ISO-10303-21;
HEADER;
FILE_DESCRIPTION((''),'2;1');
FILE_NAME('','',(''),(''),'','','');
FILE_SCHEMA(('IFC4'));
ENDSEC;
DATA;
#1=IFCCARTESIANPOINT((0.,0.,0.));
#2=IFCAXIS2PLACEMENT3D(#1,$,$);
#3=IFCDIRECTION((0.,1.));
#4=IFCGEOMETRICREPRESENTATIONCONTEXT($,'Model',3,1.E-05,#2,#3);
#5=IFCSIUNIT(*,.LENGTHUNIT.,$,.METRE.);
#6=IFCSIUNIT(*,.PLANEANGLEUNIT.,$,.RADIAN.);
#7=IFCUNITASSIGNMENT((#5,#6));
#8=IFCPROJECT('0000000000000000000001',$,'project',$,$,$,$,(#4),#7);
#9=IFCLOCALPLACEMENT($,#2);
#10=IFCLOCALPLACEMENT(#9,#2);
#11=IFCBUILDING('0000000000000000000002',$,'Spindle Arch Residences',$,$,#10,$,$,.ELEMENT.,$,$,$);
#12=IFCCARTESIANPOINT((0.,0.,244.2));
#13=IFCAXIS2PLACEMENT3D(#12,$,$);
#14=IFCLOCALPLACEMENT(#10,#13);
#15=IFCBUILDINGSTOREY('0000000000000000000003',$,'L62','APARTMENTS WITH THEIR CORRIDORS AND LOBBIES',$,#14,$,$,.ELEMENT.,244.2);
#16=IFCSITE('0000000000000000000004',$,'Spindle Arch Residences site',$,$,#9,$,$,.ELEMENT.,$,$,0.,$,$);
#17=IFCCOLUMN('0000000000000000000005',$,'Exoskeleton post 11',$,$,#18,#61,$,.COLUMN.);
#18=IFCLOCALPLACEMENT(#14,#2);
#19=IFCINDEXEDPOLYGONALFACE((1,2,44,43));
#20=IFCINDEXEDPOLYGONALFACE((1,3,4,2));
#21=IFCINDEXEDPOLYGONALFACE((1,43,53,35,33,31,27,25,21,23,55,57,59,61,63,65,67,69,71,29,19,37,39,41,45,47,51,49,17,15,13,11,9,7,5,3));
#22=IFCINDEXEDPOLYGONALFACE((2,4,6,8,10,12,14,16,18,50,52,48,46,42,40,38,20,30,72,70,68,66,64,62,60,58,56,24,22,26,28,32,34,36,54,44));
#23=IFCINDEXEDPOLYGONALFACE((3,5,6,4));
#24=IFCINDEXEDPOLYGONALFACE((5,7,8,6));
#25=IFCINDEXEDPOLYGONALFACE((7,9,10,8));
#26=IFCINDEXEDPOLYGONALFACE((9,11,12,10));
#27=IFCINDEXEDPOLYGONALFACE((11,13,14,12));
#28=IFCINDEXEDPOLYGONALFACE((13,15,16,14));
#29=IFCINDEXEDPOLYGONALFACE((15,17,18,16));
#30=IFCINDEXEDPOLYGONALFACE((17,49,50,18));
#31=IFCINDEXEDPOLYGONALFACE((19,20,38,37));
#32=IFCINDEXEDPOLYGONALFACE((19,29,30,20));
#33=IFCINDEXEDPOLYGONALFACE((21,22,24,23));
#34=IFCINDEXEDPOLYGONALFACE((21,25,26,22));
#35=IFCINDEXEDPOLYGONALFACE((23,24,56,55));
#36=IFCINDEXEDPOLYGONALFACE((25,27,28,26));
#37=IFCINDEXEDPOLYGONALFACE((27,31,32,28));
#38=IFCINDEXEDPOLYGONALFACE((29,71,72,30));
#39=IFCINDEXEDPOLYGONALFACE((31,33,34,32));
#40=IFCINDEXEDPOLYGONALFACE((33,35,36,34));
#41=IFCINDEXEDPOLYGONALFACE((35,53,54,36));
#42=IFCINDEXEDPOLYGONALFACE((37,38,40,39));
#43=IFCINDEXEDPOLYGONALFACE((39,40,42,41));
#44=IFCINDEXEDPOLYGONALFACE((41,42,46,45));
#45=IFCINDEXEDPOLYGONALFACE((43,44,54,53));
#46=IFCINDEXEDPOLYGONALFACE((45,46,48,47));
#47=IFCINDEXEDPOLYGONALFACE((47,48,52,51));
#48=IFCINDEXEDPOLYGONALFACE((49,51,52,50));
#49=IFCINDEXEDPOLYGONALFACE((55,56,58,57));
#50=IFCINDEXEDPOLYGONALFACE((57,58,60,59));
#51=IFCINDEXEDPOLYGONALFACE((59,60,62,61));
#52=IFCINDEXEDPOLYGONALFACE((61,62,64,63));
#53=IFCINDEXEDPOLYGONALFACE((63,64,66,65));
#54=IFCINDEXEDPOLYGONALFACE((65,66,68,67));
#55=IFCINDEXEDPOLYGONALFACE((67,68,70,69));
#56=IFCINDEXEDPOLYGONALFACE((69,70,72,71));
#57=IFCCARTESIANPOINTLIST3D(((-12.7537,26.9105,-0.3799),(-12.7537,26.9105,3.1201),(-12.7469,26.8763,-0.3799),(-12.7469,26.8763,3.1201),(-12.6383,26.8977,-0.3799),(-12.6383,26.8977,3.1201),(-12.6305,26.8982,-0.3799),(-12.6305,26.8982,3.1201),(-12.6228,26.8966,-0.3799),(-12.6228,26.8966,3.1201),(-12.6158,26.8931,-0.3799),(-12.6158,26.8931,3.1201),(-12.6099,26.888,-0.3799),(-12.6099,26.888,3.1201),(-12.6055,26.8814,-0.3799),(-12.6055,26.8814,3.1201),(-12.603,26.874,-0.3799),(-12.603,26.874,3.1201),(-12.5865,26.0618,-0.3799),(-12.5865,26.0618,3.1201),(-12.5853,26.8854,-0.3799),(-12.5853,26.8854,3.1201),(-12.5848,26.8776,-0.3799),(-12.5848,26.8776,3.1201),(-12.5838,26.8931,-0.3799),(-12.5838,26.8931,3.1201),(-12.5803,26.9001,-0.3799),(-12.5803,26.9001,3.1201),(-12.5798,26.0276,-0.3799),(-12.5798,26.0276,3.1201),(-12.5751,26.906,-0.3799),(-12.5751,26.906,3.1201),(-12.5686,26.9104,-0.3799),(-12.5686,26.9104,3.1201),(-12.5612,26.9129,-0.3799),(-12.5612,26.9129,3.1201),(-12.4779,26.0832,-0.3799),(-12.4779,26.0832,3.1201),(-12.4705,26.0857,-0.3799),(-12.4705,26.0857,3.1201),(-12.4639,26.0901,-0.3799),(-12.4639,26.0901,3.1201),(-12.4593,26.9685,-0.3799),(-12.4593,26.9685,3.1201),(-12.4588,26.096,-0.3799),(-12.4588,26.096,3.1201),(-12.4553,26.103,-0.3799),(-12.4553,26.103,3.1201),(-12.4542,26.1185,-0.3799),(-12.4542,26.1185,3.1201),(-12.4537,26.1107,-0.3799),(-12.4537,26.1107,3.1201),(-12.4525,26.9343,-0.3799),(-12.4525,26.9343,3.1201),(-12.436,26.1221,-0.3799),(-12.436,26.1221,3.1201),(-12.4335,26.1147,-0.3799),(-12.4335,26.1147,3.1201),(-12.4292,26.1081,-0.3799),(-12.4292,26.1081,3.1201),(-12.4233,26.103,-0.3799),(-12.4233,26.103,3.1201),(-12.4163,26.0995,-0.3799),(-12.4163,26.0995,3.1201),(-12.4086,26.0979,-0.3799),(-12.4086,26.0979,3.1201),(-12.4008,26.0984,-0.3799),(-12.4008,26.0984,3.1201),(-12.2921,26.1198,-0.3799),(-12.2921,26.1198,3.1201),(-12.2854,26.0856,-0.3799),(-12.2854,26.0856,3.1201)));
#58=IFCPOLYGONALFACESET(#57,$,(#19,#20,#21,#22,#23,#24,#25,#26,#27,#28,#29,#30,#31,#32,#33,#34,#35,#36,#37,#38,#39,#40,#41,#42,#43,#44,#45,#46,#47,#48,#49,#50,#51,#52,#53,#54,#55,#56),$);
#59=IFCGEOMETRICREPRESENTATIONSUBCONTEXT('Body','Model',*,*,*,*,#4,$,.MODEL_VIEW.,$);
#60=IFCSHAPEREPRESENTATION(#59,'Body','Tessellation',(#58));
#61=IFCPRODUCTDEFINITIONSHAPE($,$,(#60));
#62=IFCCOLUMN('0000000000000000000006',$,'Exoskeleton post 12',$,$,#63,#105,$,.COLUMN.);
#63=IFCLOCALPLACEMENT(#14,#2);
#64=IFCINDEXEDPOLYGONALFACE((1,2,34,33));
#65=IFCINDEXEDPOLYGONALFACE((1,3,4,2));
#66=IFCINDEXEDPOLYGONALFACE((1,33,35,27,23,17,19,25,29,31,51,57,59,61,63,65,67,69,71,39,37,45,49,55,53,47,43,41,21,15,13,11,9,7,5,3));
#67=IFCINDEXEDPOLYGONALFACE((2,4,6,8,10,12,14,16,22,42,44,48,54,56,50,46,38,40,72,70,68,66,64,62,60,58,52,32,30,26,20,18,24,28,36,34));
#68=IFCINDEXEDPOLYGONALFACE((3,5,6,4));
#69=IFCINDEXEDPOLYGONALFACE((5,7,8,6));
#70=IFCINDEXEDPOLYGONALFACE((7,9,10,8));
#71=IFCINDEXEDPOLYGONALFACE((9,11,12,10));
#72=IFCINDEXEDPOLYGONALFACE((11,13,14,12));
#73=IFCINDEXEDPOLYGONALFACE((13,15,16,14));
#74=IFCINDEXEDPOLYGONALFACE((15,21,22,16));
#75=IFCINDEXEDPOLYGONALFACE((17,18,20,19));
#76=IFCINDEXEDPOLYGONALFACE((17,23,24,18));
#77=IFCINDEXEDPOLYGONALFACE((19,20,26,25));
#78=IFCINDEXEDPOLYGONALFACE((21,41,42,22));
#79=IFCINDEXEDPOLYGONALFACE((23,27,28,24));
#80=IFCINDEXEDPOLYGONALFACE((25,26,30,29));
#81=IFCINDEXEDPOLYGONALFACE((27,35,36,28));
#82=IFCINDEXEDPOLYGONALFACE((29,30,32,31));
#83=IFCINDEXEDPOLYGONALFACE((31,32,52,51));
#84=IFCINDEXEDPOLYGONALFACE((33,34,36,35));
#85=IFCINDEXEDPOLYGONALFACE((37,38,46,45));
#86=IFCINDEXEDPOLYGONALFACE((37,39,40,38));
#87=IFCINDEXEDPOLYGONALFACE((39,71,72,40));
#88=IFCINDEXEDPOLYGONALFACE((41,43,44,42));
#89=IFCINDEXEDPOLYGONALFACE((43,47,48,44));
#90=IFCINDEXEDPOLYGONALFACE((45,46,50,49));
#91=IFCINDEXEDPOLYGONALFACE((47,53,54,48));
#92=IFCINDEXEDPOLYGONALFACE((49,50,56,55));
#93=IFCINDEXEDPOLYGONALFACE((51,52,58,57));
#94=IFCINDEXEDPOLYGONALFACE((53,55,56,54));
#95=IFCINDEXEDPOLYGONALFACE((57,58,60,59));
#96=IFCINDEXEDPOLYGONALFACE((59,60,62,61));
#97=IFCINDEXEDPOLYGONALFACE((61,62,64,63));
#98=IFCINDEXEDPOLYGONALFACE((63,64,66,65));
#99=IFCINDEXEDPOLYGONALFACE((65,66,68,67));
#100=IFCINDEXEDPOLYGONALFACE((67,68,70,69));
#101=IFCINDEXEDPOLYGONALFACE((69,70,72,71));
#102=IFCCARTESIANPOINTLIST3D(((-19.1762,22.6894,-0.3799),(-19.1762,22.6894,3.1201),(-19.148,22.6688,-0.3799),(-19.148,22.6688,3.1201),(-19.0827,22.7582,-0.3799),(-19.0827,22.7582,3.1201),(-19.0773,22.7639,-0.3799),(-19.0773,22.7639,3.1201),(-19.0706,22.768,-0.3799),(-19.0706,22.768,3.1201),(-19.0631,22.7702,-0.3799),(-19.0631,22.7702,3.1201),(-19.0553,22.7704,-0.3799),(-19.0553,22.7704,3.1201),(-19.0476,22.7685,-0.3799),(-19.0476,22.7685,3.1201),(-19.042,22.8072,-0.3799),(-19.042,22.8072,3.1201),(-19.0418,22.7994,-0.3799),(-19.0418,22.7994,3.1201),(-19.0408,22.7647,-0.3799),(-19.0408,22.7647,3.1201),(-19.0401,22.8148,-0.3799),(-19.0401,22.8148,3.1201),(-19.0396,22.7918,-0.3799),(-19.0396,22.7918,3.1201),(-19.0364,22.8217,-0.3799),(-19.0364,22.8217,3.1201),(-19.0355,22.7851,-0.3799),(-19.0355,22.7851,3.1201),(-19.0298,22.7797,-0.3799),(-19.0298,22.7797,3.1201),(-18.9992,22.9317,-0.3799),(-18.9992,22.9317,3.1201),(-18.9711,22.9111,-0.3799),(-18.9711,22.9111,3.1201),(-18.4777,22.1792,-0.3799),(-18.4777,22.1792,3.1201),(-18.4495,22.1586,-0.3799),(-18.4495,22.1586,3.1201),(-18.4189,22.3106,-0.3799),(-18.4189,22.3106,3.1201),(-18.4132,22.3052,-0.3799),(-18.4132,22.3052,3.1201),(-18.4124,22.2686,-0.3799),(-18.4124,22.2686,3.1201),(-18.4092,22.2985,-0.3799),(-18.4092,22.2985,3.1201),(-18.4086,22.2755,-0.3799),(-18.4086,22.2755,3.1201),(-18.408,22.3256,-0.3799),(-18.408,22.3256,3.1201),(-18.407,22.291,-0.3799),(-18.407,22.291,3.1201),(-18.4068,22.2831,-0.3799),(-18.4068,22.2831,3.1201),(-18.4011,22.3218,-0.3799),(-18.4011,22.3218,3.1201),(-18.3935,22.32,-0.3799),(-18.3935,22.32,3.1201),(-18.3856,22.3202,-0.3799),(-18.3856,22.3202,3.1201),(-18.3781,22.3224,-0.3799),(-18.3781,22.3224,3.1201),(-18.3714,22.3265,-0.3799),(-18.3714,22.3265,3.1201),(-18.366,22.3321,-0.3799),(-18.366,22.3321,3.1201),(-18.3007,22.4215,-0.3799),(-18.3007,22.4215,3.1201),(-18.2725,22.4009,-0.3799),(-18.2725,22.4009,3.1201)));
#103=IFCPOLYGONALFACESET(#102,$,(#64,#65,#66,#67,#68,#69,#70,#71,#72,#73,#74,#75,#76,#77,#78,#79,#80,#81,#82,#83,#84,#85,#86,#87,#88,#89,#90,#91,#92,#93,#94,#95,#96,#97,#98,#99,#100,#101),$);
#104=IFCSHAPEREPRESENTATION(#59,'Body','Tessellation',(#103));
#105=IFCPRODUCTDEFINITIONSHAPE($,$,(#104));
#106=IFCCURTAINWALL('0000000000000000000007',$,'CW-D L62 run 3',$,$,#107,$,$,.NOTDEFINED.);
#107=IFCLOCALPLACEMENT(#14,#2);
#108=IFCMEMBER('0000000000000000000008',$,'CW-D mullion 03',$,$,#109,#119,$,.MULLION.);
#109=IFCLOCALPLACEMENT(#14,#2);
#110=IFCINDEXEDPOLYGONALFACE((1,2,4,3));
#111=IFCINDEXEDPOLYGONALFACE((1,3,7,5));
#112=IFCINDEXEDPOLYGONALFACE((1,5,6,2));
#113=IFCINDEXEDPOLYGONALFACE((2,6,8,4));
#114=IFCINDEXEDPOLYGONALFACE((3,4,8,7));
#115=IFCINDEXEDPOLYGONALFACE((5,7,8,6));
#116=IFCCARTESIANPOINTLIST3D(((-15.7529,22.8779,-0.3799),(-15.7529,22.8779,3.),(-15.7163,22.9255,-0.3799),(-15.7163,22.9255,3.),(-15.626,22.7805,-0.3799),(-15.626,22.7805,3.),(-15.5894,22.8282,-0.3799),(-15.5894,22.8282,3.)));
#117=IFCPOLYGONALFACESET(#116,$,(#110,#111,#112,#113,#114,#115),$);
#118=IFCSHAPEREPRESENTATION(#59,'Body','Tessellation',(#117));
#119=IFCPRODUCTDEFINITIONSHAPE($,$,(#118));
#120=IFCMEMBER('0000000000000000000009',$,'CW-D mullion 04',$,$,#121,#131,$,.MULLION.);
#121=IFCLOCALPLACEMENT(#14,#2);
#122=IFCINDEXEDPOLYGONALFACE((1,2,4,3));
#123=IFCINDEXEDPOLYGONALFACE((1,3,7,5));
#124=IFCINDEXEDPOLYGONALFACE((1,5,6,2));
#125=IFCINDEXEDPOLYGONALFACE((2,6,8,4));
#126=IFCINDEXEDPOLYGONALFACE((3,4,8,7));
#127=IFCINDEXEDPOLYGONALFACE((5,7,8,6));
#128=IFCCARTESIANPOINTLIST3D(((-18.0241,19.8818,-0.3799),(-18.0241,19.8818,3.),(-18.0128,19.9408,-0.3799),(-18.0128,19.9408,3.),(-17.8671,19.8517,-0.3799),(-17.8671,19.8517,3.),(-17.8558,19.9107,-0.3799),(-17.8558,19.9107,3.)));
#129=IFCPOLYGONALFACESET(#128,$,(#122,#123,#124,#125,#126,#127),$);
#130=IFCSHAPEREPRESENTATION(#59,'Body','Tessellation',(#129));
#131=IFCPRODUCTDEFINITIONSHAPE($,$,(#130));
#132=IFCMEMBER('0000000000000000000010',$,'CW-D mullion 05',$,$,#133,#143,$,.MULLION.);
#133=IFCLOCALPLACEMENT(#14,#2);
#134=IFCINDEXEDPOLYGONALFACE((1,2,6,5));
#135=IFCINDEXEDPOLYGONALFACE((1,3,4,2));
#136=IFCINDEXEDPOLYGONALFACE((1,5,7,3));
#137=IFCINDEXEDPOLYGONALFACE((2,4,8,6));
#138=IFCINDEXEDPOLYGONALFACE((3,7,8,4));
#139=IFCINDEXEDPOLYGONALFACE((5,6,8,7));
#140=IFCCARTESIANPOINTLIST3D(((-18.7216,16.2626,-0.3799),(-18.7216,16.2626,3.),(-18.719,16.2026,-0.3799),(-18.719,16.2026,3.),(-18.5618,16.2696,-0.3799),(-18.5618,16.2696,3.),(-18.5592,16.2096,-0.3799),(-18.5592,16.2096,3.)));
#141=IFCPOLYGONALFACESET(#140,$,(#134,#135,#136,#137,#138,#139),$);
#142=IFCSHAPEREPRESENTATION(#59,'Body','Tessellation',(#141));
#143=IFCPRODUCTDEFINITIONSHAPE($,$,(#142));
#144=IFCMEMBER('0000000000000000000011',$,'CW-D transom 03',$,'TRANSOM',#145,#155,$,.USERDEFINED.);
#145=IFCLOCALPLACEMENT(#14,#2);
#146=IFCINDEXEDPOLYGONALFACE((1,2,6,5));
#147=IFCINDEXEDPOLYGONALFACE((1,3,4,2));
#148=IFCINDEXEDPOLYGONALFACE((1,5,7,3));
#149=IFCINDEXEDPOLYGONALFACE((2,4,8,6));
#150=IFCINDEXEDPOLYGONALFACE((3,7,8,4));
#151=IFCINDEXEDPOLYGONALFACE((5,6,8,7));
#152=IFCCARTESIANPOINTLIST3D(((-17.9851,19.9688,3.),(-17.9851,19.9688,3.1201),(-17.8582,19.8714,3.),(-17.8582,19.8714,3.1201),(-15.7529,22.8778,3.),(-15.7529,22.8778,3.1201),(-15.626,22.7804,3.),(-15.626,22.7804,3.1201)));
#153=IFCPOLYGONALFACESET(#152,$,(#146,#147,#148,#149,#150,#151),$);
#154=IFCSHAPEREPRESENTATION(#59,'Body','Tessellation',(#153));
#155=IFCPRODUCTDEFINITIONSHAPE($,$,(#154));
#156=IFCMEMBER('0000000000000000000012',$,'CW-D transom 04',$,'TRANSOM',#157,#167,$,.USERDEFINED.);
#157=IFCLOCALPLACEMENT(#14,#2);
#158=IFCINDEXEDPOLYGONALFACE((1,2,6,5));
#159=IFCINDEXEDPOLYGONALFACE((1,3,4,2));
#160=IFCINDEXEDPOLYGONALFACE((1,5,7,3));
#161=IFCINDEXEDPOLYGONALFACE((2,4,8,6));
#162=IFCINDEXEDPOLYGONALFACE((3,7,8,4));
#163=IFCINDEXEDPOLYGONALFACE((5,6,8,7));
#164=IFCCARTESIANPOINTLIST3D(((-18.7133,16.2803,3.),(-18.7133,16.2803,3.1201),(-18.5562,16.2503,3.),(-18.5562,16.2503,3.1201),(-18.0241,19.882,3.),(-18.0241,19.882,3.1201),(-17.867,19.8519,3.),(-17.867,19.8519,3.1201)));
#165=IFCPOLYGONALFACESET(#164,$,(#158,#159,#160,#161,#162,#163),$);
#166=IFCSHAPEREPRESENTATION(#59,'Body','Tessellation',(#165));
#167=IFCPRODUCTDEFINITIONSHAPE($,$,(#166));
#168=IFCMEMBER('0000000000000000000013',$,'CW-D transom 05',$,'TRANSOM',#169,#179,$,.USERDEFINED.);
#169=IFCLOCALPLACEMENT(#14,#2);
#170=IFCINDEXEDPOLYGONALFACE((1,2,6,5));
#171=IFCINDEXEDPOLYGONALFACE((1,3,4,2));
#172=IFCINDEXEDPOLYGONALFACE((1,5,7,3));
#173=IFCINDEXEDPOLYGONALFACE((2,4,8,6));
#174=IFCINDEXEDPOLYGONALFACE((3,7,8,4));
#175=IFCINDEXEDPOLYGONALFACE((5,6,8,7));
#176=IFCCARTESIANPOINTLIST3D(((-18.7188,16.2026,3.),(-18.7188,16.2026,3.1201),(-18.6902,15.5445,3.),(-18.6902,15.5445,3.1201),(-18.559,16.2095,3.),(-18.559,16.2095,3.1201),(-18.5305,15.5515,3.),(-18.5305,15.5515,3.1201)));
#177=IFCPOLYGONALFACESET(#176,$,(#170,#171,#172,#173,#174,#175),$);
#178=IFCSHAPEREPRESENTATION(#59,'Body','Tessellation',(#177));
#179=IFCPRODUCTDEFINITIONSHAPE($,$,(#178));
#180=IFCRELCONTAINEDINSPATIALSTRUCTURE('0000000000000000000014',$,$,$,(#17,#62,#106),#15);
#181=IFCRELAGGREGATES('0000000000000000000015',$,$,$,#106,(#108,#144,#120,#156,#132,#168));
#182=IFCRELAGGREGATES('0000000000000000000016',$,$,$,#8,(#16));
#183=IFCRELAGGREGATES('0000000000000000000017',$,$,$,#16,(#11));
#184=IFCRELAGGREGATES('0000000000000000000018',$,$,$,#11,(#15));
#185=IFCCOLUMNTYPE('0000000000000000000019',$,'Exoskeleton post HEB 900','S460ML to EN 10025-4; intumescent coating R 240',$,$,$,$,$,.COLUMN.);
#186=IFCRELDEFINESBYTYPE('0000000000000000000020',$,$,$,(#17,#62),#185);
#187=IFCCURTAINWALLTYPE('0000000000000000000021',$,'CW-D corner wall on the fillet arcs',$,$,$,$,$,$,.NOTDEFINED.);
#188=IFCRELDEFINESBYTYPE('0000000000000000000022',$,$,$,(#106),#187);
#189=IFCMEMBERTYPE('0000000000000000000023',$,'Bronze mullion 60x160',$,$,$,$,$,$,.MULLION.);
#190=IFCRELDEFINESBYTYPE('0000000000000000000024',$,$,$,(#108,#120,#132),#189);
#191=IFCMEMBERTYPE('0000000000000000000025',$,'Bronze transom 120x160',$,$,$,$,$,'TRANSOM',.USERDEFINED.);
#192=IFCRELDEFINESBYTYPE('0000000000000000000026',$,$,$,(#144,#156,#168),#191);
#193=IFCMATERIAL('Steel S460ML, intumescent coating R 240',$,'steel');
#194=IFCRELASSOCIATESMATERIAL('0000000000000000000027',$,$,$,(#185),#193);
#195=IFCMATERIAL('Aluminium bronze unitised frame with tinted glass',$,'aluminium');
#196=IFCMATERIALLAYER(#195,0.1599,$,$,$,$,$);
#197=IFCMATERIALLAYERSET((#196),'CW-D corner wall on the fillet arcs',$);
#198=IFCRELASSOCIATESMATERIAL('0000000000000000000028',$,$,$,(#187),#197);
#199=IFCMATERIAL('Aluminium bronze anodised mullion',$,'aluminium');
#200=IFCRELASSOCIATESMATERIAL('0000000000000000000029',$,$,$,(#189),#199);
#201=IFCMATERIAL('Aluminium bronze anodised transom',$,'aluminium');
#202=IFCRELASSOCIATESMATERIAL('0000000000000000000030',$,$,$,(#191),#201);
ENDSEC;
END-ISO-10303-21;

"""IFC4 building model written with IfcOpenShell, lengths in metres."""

from ifc_helpers import new_model, si_unit, direction, frame, origin, origin_2d, place, context, subcontext, project, spatial, rectangle, i_section, extrude, material, layer, layer_set, material_profile, profile_set, type_object, element, aggregate, save


model = new_model("IFC4")

# Units and contexts
model_context = context("Model", 3, precision=1e-05, world=origin(), true_north=direction((0.0, 1.0)))
body_context = subcontext(model_context, "Body", "Model", "MODEL_VIEW")
ifc_project = project(units=[si_unit("LENGTHUNIT", "METRE"), si_unit("PLANEANGLEUNIT", "RADIAN")], contexts=[model_context])

# Site, building, storey
site_placement = place(None, origin())
site = spatial("IfcSite", under=ifc_project, at=site_placement, Name="Spindle Arch Residences site", CompositionType="ELEMENT", RefElevation=0.0)
building_placement = place(site_placement, origin())
building = spatial("IfcBuilding", under=site, at=building_placement, Name="Spindle Arch Residences", CompositionType="ELEMENT")
storey_placement = place(building_placement, frame((0.0, 0.0, 244.2)))
storey = spatial("IfcBuildingStorey", under=building, at=storey_placement, Name="L62", Description="APARTMENTS WITH THEIR CORRIDORS AND LOBBIES", CompositionType="ELEMENT", Elevation=244.2)

# Columns
ifc_material_1 = material(Name="Steel S460ML, intumescent coating R 240", Category="steel")
ifc_material_profile_1 = material_profile(ifc_material_1, i_section(OverallWidth=0.3, OverallDepth=0.8999, WebThickness=0.0186, FlangeThickness=0.0349, FilletRadius=0.03, at=origin_2d()), Name="HEB 900")
ifc_profile_set_1 = profile_set([ifc_material_profile_1], Name="Steel S460ML, intumescent coating R 240")
column_type = type_object("IfcColumnType", Name="Exoskeleton post HEB 900", Description="S460ML to EN 10025-4; intumescent coating R 240", PredefinedType="COLUMN", material=ifc_profile_set_1)
for number, where, z_axis, x_axis, name in (
    (1, (-12.5195, 26.498, -0.3799), (0.0, 0.0, 1.0), (0.981153, 0.193233, 0.0), "Exoskeleton post 11"),
    (2, (-18.7244, 22.5452, -0.3799), (0.0, 0.0, 1.0), (0.589781, 0.807563, 0.0), "Exoskeleton post 12"),
):
    element("IfcColumn", number, at=place(storey_placement, frame(where, z_axis=z_axis, x_axis=x_axis)), inside=storey, type_object=column_type, Name=name, PredefinedType="COLUMN", context=body_context, shape_type="SweptSolid", body=[
        extrude(i_section(OverallWidth=0.3, OverallDepth=0.8999, WebThickness=0.0186, FlangeThickness=0.0349, FilletRadius=0.03, at=origin_2d()), origin(), (0.0, 0.0, 1.0), 3.5),
    ])

# Curtain wall, members
ifc_material_2 = material(Name="Aluminium bronze unitised frame with tinted glass", Category="aluminium")
ifc_layer_1 = layer(ifc_material_2, 0.1599)
ifc_layer_set_1 = layer_set([ifc_layer_1], Name="CW-D corner wall on the fillet arcs")
curtain_wall_type = type_object("IfcCurtainWallType", Name="CW-D corner wall on the fillet arcs", PredefinedType="NOTDEFINED", material=ifc_layer_set_1)
curtain_wall_placement = place(storey_placement, origin())
curtain_wall = element("IfcCurtainWall", 3, at=curtain_wall_placement, inside=storey, type_object=curtain_wall_type, Name="CW-D L62 run 3", PredefinedType="NOTDEFINED")
ifc_material_3 = material(Name="Aluminium bronze anodised mullion", Category="aluminium")
ifc_material_profile_2 = material_profile(ifc_material_3, rectangle(XDim=0.1599, YDim=0.0601, at=origin_2d()), Name="MU 60x160")
ifc_profile_set_2 = profile_set([ifc_material_profile_2], Name="Aluminium bronze anodised mullion")
member_type_1 = type_object("IfcMemberType", Name="Bronze mullion 60x160", PredefinedType="MULLION", material=ifc_profile_set_2)
member_1_placement = place(storey_placement, frame((-15.6711, 22.853, -0.3799), z_axis=(0.0, 0.0, 1.0), x_axis=(0.793353, -0.608761, 0.0)))
member_1 = element("IfcMember", 4, at=member_1_placement, type_object=member_type_1, Name="CW-D mullion 03", PredefinedType="MULLION", context=body_context, shape_type="SweptSolid", body=[
    extrude(rectangle(XDim=0.1599, YDim=0.0601, at=origin_2d()), origin(), (0.0, 0.0, 1.0), 3.3799),
])
member_2_placement = place(storey_placement, frame((-17.9399, 19.8962, -0.3799), z_axis=(0.0, 0.0, 1.0), x_axis=(0.982178, -0.187953, 0.0)))
member_2 = element("IfcMember", 5, at=member_2_placement, type_object=member_type_1, Name="CW-D mullion 04", PredefinedType="MULLION", context=body_context, shape_type="SweptSolid", body=[
    extrude(rectangle(XDim=0.1599, YDim=0.0601, at=origin_2d()), origin(), (0.0, 0.0, 1.0), 3.3799),
])
member_3_placement = place(storey_placement, frame((-18.6404, 16.2361, -0.3799), z_axis=(0.0, 0.0, 1.0), x_axis=(0.999048, 0.043619, 0.0)))
member_3 = element("IfcMember", 6, at=member_3_placement, type_object=member_type_1, Name="CW-D mullion 05", PredefinedType="MULLION", context=body_context, shape_type="SweptSolid", body=[
    extrude(rectangle(XDim=0.1599, YDim=0.0601, at=origin_2d()), origin(), (0.0, 0.0, 1.0), 3.3799),
])
ifc_material_4 = material(Name="Aluminium bronze anodised transom", Category="aluminium")
ifc_material_profile_3 = material_profile(ifc_material_4, rectangle(XDim=0.1599, YDim=0.1201, at=origin_2d()), Name="TR 120x160")
ifc_profile_set_3 = profile_set([ifc_material_profile_3], Name="Aluminium bronze anodised transom")
member_type_2 = type_object("IfcMemberType", Name="Bronze transom 120x160", ElementType="TRANSOM", PredefinedType="USERDEFINED", material=ifc_profile_set_3)
member_4_placement = place(storey_placement, frame((-15.6895, 22.8291, 3.0601), z_axis=(-0.608774, -0.793344, 0.0), x_axis=(0.793344, -0.608774, 0.0)))
member_4 = element("IfcMember", 7, at=member_4_placement, type_object=member_type_2, Name="CW-D transom 03", ObjectType="TRANSOM", PredefinedType="USERDEFINED", context=body_context, shape_type="SweptSolid", body=[
    extrude(rectangle(XDim=0.1599, YDim=0.1201, at=origin_2d()), origin(), (0.0, 0.0, 1.0), 3.6667),
])
member_5_placement = place(storey_placement, frame((-17.9456, 19.8669, 3.0601), z_axis=(-0.187953, -0.982178, 0.0), x_axis=(0.982178, -0.187953, 0.0)))
member_5 = element("IfcMember", 8, at=member_5_placement, type_object=member_type_2, Name="CW-D transom 04", ObjectType="TRANSOM", PredefinedType="USERDEFINED", context=body_context, shape_type="SweptSolid", body=[
    extrude(rectangle(XDim=0.1599, YDim=0.1201, at=origin_2d()), origin(), (0.0, 0.0, 1.0), 3.667),
])
member_6_placement = place(storey_placement, frame((-18.6389, 16.2061, 3.0601), z_axis=(0.043373, -0.999059, 0.0), x_axis=(0.999059, 0.043373, 0.0)))
member_6 = element("IfcMember", 9, at=member_6_placement, type_object=member_type_2, Name="CW-D transom 05", ObjectType="TRANSOM", PredefinedType="USERDEFINED", context=body_context, shape_type="SweptSolid", body=[
    extrude(rectangle(XDim=0.1599, YDim=0.1201, at=origin_2d()), origin(), (0.0, 0.0, 1.0), 0.6587),
])

aggregate(curtain_wall, [member_1, member_4, member_2, member_5, member_3, member_6])

save(model, "model.ifc")
